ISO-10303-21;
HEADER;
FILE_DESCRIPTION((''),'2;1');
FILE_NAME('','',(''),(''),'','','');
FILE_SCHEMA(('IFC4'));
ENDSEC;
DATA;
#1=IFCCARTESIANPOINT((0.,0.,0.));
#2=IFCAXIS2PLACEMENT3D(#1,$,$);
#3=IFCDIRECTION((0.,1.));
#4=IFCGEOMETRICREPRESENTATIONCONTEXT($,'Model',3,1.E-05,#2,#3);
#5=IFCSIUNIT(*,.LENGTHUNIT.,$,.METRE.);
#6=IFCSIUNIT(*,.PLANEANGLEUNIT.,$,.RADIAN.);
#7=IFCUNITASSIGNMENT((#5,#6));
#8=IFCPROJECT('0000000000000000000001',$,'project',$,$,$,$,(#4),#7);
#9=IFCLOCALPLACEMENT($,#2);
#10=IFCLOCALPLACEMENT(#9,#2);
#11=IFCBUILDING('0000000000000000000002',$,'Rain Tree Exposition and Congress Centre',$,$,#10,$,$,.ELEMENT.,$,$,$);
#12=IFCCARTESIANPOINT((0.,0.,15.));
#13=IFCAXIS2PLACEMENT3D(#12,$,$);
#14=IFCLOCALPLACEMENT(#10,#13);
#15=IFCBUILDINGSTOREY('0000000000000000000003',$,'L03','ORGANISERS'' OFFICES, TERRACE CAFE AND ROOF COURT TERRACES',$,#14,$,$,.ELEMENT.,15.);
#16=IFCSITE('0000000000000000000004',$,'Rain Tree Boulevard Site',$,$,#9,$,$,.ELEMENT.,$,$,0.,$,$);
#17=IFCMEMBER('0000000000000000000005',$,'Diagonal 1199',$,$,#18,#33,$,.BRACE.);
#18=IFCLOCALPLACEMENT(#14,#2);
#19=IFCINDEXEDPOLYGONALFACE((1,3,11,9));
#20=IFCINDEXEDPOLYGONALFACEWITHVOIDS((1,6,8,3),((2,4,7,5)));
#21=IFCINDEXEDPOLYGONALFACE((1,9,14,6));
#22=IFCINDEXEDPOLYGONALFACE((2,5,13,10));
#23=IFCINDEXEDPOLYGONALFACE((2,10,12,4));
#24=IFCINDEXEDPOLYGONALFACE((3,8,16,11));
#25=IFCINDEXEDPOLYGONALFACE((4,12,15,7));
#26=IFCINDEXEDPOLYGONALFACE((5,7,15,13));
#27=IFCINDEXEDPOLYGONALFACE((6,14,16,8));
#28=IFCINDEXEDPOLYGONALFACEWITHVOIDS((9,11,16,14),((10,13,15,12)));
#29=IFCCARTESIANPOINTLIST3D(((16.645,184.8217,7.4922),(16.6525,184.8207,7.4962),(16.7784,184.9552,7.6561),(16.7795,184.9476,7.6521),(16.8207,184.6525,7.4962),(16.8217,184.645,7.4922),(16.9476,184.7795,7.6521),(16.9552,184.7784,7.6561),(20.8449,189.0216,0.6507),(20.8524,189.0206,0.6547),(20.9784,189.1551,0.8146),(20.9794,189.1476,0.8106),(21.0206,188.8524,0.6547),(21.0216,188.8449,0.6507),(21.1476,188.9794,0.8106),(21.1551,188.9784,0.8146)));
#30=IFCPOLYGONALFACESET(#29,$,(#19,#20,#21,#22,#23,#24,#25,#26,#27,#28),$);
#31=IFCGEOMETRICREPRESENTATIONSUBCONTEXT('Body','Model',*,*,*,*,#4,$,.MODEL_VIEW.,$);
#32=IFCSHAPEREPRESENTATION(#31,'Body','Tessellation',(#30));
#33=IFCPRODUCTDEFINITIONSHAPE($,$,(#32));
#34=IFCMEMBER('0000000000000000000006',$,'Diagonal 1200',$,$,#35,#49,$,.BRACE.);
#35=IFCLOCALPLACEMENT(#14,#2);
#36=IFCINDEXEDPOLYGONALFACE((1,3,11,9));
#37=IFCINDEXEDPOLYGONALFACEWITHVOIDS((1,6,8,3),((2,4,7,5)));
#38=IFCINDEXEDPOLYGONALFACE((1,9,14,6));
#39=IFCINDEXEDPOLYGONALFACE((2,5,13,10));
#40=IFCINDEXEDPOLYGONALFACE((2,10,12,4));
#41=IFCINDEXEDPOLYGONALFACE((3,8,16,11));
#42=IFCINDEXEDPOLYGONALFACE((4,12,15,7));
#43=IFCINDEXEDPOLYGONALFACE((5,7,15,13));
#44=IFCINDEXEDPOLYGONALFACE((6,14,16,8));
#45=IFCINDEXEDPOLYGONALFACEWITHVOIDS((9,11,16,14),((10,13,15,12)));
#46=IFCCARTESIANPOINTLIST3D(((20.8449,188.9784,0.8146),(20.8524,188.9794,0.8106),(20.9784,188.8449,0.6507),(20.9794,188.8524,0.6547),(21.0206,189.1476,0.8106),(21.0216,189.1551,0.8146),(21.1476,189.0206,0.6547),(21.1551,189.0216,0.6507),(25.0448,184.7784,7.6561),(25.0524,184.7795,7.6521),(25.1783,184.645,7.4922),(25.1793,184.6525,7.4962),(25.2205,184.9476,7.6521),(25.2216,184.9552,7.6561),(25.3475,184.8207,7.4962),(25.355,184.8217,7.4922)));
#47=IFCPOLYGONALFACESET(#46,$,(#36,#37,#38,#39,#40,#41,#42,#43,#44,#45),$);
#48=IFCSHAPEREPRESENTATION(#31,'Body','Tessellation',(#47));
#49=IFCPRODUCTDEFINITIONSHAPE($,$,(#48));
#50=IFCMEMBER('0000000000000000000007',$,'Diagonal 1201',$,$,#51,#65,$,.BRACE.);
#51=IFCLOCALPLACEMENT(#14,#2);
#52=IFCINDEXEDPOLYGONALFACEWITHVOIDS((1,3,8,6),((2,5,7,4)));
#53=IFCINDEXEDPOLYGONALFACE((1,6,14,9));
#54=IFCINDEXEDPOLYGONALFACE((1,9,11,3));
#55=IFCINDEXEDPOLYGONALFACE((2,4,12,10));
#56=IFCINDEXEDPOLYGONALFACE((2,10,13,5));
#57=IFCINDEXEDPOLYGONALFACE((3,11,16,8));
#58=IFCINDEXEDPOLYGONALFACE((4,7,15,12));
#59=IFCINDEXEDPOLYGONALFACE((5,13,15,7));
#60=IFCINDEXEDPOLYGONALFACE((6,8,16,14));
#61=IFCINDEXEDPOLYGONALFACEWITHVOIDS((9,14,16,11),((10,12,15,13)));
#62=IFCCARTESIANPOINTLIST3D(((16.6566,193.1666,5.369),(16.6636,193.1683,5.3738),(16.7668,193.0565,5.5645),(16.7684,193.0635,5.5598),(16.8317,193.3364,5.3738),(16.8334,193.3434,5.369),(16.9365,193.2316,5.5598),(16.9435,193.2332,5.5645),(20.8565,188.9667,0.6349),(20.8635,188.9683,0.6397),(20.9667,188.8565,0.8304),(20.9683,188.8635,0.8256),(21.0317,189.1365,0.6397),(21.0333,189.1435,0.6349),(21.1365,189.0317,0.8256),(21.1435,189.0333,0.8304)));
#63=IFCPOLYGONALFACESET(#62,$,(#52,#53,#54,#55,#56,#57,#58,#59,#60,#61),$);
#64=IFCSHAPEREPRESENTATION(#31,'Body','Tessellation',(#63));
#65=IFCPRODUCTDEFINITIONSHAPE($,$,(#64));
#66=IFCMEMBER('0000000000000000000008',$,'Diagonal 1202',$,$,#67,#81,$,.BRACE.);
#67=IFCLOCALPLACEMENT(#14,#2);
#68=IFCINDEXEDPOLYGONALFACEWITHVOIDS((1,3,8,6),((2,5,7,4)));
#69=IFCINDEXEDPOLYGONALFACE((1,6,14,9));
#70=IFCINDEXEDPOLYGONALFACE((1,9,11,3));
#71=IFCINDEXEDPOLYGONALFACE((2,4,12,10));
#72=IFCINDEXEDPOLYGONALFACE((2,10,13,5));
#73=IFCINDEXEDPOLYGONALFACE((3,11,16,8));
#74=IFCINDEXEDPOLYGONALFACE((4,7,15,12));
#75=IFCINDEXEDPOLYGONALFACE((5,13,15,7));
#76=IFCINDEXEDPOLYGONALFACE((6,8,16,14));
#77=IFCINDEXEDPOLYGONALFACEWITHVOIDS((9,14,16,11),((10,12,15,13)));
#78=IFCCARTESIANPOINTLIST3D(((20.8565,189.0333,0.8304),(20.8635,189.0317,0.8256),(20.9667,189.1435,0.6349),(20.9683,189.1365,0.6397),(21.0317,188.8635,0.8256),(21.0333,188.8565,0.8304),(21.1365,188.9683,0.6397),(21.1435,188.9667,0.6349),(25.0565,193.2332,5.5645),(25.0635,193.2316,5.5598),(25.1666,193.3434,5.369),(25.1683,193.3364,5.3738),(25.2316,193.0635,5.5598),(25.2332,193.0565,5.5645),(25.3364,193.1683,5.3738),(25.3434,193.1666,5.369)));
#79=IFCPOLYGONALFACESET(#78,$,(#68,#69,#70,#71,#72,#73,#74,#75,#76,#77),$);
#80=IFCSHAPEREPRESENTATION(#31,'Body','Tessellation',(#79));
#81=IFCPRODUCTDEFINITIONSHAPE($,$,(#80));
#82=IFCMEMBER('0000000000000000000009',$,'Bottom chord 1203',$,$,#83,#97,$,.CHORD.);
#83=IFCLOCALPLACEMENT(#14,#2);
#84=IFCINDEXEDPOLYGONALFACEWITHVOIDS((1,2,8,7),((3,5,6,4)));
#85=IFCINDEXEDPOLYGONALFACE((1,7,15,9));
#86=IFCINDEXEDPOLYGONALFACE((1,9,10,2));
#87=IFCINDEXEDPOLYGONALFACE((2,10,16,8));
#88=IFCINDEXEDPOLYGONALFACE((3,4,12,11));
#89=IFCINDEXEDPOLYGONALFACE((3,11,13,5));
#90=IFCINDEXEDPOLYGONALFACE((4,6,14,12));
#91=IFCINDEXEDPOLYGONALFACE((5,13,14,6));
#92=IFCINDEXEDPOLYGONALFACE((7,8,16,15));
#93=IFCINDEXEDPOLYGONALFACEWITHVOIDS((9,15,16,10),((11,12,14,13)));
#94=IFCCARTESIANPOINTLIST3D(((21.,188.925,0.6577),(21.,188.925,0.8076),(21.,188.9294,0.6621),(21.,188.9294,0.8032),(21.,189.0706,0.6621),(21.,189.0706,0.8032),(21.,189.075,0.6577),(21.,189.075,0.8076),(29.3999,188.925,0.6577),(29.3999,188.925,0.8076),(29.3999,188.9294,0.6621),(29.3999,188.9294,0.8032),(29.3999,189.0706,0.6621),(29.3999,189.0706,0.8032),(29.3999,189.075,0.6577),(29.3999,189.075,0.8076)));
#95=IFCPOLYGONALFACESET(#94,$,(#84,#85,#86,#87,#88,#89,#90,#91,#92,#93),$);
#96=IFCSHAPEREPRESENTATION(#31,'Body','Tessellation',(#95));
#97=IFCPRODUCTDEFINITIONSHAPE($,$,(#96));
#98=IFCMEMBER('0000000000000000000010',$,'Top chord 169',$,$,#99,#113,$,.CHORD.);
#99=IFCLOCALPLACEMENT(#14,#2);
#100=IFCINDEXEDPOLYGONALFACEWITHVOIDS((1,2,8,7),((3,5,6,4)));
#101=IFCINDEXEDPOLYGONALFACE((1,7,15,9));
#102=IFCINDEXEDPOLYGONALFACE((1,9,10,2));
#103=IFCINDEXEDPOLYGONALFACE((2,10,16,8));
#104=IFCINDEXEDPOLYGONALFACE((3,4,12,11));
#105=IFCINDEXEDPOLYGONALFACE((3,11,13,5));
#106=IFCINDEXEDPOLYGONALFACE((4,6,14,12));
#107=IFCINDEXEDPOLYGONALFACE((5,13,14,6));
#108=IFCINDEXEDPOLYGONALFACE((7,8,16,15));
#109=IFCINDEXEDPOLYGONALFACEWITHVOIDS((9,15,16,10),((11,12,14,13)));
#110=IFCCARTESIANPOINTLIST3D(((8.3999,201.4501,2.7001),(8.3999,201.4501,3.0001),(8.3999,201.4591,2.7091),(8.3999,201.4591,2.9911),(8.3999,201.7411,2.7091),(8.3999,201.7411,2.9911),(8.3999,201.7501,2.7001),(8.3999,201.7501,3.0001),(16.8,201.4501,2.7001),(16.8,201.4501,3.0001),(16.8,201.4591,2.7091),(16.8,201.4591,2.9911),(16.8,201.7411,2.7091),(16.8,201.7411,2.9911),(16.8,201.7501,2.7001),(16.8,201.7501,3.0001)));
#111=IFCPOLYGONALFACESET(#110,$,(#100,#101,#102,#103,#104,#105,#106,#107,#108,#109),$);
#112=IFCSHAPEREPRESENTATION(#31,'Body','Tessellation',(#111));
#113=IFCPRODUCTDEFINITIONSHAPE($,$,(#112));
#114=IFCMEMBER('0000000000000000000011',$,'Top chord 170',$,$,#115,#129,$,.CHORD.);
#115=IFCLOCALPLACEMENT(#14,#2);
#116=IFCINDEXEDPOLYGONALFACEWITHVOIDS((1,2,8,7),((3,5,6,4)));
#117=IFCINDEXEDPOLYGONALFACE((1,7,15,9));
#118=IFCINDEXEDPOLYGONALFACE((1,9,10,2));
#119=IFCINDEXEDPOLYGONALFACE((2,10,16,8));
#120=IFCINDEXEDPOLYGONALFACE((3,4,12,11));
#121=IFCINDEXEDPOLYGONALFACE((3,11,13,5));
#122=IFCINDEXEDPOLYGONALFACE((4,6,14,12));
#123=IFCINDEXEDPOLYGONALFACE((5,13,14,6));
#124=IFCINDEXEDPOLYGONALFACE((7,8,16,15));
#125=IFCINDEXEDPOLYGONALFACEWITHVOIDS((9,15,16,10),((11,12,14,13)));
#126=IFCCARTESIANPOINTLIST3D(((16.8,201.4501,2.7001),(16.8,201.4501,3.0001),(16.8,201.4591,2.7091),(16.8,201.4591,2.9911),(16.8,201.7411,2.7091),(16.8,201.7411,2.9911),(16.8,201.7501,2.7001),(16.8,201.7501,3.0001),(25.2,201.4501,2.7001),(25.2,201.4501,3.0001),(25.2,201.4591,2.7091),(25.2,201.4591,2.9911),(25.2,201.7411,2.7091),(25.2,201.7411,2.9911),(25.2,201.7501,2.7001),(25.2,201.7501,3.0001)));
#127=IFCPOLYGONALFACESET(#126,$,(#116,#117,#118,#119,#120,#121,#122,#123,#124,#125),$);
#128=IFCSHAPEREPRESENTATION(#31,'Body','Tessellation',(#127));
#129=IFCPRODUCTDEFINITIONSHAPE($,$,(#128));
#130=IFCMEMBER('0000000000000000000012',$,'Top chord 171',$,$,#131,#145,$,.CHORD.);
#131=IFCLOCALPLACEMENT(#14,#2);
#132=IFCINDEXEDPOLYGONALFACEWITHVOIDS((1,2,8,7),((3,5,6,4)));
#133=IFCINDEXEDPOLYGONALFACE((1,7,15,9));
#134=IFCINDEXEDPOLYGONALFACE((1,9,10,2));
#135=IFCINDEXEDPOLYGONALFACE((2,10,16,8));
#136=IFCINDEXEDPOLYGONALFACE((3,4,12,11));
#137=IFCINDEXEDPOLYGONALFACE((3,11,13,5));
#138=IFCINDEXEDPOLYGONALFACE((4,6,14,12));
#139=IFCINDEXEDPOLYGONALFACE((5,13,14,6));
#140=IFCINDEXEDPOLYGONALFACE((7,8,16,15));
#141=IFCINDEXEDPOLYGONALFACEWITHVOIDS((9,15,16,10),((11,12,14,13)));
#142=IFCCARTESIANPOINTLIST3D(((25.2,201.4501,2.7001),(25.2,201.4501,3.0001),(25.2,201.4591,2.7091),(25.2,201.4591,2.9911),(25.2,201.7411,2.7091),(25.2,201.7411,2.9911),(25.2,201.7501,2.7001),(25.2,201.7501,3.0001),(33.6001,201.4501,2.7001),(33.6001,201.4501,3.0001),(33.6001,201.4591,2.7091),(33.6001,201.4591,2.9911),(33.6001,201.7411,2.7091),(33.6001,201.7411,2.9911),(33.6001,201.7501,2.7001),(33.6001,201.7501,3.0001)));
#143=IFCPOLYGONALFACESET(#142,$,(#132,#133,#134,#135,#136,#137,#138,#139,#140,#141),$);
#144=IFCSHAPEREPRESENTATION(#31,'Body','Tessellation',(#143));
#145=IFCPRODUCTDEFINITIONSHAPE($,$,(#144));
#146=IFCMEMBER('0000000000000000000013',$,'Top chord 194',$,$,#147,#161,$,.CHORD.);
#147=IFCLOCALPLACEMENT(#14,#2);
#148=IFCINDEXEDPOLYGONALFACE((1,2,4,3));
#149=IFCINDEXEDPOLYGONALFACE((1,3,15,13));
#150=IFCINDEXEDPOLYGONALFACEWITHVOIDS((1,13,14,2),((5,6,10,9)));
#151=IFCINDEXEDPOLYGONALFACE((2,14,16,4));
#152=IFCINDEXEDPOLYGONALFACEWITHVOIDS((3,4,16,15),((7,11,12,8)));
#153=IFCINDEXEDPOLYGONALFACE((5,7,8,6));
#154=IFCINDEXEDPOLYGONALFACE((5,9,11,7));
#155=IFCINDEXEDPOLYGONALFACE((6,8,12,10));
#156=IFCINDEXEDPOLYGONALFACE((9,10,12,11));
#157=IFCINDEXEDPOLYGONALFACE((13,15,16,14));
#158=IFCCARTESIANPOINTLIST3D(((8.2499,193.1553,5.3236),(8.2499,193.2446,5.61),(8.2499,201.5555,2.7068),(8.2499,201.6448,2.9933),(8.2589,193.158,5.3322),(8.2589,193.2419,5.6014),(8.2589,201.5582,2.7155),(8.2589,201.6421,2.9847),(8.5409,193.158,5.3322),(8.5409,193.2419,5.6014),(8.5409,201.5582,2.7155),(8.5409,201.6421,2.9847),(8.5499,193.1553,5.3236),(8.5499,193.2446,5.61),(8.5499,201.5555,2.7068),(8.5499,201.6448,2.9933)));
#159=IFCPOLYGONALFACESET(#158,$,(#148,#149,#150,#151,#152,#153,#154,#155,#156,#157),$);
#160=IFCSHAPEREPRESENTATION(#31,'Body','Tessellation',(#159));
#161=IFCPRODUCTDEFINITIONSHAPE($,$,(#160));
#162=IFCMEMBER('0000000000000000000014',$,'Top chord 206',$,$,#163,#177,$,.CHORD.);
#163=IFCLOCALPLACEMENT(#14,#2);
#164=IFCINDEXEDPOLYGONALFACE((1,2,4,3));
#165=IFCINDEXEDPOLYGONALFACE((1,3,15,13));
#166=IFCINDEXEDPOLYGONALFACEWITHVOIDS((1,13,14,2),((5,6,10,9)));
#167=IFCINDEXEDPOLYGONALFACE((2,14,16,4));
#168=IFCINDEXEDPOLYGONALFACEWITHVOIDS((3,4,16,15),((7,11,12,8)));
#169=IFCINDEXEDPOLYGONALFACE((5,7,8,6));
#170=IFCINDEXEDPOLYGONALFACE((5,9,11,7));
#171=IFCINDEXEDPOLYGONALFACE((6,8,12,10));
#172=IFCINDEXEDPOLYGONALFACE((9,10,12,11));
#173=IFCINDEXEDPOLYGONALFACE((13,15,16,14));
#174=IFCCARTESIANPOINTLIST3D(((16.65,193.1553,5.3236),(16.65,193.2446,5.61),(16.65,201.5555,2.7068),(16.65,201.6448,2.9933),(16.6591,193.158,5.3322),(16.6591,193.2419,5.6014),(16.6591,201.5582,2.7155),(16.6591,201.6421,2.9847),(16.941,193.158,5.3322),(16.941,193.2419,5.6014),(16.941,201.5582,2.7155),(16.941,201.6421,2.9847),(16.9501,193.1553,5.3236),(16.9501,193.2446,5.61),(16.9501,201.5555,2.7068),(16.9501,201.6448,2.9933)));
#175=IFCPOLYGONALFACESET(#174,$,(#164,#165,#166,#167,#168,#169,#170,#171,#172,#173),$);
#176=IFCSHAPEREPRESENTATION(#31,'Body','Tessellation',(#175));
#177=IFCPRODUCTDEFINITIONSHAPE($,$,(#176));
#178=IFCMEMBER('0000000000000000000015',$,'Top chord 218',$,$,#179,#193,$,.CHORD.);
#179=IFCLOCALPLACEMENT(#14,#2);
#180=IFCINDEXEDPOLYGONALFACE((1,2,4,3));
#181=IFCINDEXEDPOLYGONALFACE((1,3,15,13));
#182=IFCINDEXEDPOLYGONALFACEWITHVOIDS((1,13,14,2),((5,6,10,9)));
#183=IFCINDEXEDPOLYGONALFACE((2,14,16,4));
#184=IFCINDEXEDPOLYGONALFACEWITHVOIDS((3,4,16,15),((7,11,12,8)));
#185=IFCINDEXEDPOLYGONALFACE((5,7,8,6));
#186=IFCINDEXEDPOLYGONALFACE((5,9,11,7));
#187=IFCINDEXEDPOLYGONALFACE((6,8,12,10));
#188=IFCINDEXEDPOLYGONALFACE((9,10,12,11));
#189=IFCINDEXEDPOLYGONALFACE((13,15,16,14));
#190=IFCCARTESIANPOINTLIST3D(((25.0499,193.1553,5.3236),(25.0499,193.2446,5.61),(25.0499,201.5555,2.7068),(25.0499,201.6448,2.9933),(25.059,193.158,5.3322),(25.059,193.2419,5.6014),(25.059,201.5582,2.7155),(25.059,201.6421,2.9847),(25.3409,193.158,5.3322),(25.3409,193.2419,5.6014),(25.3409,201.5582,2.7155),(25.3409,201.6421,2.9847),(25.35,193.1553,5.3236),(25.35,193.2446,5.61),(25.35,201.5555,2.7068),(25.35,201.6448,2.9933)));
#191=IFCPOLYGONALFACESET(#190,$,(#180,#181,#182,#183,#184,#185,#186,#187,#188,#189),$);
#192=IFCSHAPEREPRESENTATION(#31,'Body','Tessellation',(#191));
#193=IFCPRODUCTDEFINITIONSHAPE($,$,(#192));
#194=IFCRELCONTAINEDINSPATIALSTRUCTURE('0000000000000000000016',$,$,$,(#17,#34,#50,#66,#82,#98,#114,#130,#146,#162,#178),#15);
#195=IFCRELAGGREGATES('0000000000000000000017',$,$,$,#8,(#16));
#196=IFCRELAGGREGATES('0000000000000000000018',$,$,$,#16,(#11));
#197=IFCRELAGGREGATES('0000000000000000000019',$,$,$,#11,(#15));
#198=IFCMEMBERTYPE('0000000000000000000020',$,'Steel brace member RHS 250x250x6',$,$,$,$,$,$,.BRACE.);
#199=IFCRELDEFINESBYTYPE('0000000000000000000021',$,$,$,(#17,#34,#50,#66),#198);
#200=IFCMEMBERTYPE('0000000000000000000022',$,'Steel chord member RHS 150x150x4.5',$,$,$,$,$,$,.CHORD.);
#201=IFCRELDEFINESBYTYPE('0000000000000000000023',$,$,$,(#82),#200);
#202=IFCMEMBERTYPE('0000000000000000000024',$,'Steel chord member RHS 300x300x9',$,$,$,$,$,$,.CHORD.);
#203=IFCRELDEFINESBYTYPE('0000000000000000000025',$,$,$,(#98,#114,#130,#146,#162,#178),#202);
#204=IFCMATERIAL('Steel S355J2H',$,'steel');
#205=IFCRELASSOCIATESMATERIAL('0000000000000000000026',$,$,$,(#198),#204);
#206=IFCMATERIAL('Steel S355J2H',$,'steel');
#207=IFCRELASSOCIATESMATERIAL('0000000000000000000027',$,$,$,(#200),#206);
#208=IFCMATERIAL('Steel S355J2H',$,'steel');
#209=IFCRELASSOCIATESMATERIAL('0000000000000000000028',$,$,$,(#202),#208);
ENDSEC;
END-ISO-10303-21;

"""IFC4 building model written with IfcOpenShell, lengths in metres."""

from ifc_helpers import new_model, si_unit, direction, frame, origin, origin_2d, place, context, subcontext, project, spatial, hollow_rectangle, extrude, material, material_profile, profile_set, type_object, element, save


model = new_model("IFC4")

# Units and contexts
model_context = context("Model", 3, precision=1e-05, world=origin(), true_north=direction((0.0, 1.0)))
body_context = subcontext(model_context, "Body", "Model", "MODEL_VIEW")
ifc_project = project(units=[si_unit("LENGTHUNIT", "METRE"), si_unit("PLANEANGLEUNIT", "RADIAN")], contexts=[model_context])

# Site, building, storey
site_placement = place(None, origin())
site = spatial("IfcSite", under=ifc_project, at=site_placement, Name="Rain Tree Boulevard Site", CompositionType="ELEMENT", RefElevation=0.0)
building_placement = place(site_placement, origin())
building = spatial("IfcBuilding", under=site, at=building_placement, Name="Rain Tree Exposition and Congress Centre", CompositionType="ELEMENT")
storey_placement = place(building_placement, frame((0.0, 0.0, 15.0)))
storey = spatial("IfcBuildingStorey", under=building, at=storey_placement, Name="L03", Description="ORGANISERS' OFFICES, TERRACE CAFE AND ROOF COURT TERRACES", CompositionType="ELEMENT", Elevation=15.0)

# Members
ifc_material_1 = material(Name="Steel S355J2H", Category="steel")
ifc_material_profile_1 = material_profile(ifc_material_1, hollow_rectangle(XDim=0.25, YDim=0.25, WallThickness=0.0061, at=origin_2d()), Name="RHS 250x250x6")
ifc_profile_set_1 = profile_set([ifc_material_profile_1], Name="Steel S355J2H")
member_type_1 = type_object("IfcMemberType", Name="Steel brace member RHS 250x250x6", PredefinedType="BRACE", material=ifc_profile_set_1)
for number, where, z_axis, x_axis, name in (
    (1, (21.0, 189.0, 0.7327), (-0.463564, -0.463564, 0.755127), (0.707107, -0.707107, 0.0), "Diagonal 1199"),
    (2, (21.0, 189.0, 0.7327), (0.463564, -0.463564, 0.755127), (0.707107, 0.707107, 0.0), "Diagonal 1200"),
):
    element("IfcMember", number, at=place(storey_placement, frame(where, z_axis=z_axis, x_axis=x_axis)), inside=storey, type_object=member_type_1, Name=name, PredefinedType="BRACE", context=body_context, shape_type="SweptSolid", body=[
        extrude(hollow_rectangle(XDim=0.25, YDim=0.25, WallThickness=0.0061, at=origin_2d()), origin(), (0.0, 0.0, 1.0), 9.0601),
    ])
for number, where, z_axis, x_axis, name in (
    (3, (21.0, 189.0, 0.7327), (-0.552955, 0.552955, 0.623283), (-0.707107, -0.707107, 0.0), "Diagonal 1201"),
    (4, (21.0, 189.0, 0.7327), (0.552955, 0.552955, 0.623283), (-0.707107, 0.707107, 0.0), "Diagonal 1202"),
):
    element("IfcMember", number, at=place(storey_placement, frame(where, z_axis=z_axis, x_axis=x_axis)), inside=storey, type_object=member_type_1, Name=name, PredefinedType="BRACE", context=body_context, shape_type="SweptSolid", body=[
        extrude(hollow_rectangle(XDim=0.25, YDim=0.25, WallThickness=0.0061, at=origin_2d()), origin(), (0.0, 0.0, 1.0), 7.5955),
    ])
ifc_material_2 = material(Name="Steel S355J2H", Category="steel")
ifc_material_profile_2 = material_profile(ifc_material_2, hollow_rectangle(XDim=0.1499, YDim=0.1499, WallThickness=0.0044, at=origin_2d()), Name="RHS 150x150x4.5")
ifc_profile_set_2 = profile_set([ifc_material_profile_2], Name="Steel S355J2H")
member_type_2 = type_object("IfcMemberType", Name="Steel chord member RHS 150x150x4.5", PredefinedType="CHORD", material=ifc_profile_set_2)
member_1_placement = place(storey_placement, frame((21.0, 189.0, 0.7327), z_axis=(1.0, 0.0, 0.0), x_axis=(0.0, 1.0, 0.0)))
element("IfcMember", 5, at=member_1_placement, inside=storey, type_object=member_type_2, Name="Bottom chord 1203", PredefinedType="CHORD", context=body_context, shape_type="SweptSolid", body=[
    extrude(hollow_rectangle(XDim=0.1499, YDim=0.1499, WallThickness=0.0044, at=origin_2d()), origin(), (0.0, 0.0, 1.0), 8.3999),
])
ifc_material_3 = material(Name="Steel S355J2H", Category="steel")
ifc_material_profile_3 = material_profile(ifc_material_3, hollow_rectangle(XDim=0.3, YDim=0.3, WallThickness=0.009, at=origin_2d()), Name="RHS 300x300x9")
ifc_profile_set_3 = profile_set([ifc_material_profile_3], Name="Steel S355J2H")
member_type_3 = type_object("IfcMemberType", Name="Steel chord member RHS 300x300x9", PredefinedType="CHORD", material=ifc_profile_set_3)
member_2_placement = place(storey_placement, frame((8.3999, 201.6001, 2.8501), z_axis=(1.0, 0.0, 0.0), x_axis=(0.0, 1.0, 0.0)))
element("IfcMember", 6, at=member_2_placement, inside=storey, type_object=member_type_3, Name="Top chord 169", PredefinedType="CHORD", context=body_context, shape_type="SweptSolid", body=[
    extrude(hollow_rectangle(XDim=0.3, YDim=0.3, WallThickness=0.009, at=origin_2d()), origin(), (0.0, 0.0, 1.0), 8.4001),
])
member_3_placement = place(storey_placement, frame((16.8, 201.6001, 2.8501), z_axis=(1.0, 0.0, 0.0), x_axis=(0.0, 1.0, 0.0)))
element("IfcMember", 7, at=member_3_placement, inside=storey, type_object=member_type_3, Name="Top chord 170", PredefinedType="CHORD", context=body_context, shape_type="SweptSolid", body=[
    extrude(hollow_rectangle(XDim=0.3, YDim=0.3, WallThickness=0.009, at=origin_2d()), origin(), (0.0, 0.0, 1.0), 8.3999),
])
member_4_placement = place(storey_placement, frame((25.2, 201.6001, 2.8501), z_axis=(1.0, 0.0, 0.0), x_axis=(0.0, 1.0, 0.0)))
element("IfcMember", 8, at=member_4_placement, inside=storey, type_object=member_type_3, Name="Top chord 171", PredefinedType="CHORD", context=body_context, shape_type="SweptSolid", body=[
    extrude(hollow_rectangle(XDim=0.3, YDim=0.3, WallThickness=0.009, at=origin_2d()), origin(), (0.0, 0.0, 1.0), 8.4001),
])
for number, where, z_axis, x_axis, name in (
    (9, (8.3999, 193.2, 5.4668), (0.0, 0.95475, -0.297411), (-1.0, 0.0, 0.0), "Top chord 194"),
    (10, (16.8, 193.2, 5.4668), (0.0, 0.95475, -0.297411), (-1.0, 0.0, 0.0), "Top chord 206"),
    (11, (25.2, 193.2, 5.4668), (0.0, 0.95475, -0.297411), (-1.0, 0.0, 0.0), "Top chord 218"),
):
    element("IfcMember", number, at=place(storey_placement, frame(where, z_axis=z_axis, x_axis=x_axis)), inside=storey, type_object=member_type_3, Name=name, PredefinedType="CHORD", context=body_context, shape_type="SweptSolid", body=[
        extrude(hollow_rectangle(XDim=0.3, YDim=0.3, WallThickness=0.009, at=origin_2d()), origin(), (0.0, 0.0, 1.0), 8.7983),
    ])

save(model, "model.ifc")
